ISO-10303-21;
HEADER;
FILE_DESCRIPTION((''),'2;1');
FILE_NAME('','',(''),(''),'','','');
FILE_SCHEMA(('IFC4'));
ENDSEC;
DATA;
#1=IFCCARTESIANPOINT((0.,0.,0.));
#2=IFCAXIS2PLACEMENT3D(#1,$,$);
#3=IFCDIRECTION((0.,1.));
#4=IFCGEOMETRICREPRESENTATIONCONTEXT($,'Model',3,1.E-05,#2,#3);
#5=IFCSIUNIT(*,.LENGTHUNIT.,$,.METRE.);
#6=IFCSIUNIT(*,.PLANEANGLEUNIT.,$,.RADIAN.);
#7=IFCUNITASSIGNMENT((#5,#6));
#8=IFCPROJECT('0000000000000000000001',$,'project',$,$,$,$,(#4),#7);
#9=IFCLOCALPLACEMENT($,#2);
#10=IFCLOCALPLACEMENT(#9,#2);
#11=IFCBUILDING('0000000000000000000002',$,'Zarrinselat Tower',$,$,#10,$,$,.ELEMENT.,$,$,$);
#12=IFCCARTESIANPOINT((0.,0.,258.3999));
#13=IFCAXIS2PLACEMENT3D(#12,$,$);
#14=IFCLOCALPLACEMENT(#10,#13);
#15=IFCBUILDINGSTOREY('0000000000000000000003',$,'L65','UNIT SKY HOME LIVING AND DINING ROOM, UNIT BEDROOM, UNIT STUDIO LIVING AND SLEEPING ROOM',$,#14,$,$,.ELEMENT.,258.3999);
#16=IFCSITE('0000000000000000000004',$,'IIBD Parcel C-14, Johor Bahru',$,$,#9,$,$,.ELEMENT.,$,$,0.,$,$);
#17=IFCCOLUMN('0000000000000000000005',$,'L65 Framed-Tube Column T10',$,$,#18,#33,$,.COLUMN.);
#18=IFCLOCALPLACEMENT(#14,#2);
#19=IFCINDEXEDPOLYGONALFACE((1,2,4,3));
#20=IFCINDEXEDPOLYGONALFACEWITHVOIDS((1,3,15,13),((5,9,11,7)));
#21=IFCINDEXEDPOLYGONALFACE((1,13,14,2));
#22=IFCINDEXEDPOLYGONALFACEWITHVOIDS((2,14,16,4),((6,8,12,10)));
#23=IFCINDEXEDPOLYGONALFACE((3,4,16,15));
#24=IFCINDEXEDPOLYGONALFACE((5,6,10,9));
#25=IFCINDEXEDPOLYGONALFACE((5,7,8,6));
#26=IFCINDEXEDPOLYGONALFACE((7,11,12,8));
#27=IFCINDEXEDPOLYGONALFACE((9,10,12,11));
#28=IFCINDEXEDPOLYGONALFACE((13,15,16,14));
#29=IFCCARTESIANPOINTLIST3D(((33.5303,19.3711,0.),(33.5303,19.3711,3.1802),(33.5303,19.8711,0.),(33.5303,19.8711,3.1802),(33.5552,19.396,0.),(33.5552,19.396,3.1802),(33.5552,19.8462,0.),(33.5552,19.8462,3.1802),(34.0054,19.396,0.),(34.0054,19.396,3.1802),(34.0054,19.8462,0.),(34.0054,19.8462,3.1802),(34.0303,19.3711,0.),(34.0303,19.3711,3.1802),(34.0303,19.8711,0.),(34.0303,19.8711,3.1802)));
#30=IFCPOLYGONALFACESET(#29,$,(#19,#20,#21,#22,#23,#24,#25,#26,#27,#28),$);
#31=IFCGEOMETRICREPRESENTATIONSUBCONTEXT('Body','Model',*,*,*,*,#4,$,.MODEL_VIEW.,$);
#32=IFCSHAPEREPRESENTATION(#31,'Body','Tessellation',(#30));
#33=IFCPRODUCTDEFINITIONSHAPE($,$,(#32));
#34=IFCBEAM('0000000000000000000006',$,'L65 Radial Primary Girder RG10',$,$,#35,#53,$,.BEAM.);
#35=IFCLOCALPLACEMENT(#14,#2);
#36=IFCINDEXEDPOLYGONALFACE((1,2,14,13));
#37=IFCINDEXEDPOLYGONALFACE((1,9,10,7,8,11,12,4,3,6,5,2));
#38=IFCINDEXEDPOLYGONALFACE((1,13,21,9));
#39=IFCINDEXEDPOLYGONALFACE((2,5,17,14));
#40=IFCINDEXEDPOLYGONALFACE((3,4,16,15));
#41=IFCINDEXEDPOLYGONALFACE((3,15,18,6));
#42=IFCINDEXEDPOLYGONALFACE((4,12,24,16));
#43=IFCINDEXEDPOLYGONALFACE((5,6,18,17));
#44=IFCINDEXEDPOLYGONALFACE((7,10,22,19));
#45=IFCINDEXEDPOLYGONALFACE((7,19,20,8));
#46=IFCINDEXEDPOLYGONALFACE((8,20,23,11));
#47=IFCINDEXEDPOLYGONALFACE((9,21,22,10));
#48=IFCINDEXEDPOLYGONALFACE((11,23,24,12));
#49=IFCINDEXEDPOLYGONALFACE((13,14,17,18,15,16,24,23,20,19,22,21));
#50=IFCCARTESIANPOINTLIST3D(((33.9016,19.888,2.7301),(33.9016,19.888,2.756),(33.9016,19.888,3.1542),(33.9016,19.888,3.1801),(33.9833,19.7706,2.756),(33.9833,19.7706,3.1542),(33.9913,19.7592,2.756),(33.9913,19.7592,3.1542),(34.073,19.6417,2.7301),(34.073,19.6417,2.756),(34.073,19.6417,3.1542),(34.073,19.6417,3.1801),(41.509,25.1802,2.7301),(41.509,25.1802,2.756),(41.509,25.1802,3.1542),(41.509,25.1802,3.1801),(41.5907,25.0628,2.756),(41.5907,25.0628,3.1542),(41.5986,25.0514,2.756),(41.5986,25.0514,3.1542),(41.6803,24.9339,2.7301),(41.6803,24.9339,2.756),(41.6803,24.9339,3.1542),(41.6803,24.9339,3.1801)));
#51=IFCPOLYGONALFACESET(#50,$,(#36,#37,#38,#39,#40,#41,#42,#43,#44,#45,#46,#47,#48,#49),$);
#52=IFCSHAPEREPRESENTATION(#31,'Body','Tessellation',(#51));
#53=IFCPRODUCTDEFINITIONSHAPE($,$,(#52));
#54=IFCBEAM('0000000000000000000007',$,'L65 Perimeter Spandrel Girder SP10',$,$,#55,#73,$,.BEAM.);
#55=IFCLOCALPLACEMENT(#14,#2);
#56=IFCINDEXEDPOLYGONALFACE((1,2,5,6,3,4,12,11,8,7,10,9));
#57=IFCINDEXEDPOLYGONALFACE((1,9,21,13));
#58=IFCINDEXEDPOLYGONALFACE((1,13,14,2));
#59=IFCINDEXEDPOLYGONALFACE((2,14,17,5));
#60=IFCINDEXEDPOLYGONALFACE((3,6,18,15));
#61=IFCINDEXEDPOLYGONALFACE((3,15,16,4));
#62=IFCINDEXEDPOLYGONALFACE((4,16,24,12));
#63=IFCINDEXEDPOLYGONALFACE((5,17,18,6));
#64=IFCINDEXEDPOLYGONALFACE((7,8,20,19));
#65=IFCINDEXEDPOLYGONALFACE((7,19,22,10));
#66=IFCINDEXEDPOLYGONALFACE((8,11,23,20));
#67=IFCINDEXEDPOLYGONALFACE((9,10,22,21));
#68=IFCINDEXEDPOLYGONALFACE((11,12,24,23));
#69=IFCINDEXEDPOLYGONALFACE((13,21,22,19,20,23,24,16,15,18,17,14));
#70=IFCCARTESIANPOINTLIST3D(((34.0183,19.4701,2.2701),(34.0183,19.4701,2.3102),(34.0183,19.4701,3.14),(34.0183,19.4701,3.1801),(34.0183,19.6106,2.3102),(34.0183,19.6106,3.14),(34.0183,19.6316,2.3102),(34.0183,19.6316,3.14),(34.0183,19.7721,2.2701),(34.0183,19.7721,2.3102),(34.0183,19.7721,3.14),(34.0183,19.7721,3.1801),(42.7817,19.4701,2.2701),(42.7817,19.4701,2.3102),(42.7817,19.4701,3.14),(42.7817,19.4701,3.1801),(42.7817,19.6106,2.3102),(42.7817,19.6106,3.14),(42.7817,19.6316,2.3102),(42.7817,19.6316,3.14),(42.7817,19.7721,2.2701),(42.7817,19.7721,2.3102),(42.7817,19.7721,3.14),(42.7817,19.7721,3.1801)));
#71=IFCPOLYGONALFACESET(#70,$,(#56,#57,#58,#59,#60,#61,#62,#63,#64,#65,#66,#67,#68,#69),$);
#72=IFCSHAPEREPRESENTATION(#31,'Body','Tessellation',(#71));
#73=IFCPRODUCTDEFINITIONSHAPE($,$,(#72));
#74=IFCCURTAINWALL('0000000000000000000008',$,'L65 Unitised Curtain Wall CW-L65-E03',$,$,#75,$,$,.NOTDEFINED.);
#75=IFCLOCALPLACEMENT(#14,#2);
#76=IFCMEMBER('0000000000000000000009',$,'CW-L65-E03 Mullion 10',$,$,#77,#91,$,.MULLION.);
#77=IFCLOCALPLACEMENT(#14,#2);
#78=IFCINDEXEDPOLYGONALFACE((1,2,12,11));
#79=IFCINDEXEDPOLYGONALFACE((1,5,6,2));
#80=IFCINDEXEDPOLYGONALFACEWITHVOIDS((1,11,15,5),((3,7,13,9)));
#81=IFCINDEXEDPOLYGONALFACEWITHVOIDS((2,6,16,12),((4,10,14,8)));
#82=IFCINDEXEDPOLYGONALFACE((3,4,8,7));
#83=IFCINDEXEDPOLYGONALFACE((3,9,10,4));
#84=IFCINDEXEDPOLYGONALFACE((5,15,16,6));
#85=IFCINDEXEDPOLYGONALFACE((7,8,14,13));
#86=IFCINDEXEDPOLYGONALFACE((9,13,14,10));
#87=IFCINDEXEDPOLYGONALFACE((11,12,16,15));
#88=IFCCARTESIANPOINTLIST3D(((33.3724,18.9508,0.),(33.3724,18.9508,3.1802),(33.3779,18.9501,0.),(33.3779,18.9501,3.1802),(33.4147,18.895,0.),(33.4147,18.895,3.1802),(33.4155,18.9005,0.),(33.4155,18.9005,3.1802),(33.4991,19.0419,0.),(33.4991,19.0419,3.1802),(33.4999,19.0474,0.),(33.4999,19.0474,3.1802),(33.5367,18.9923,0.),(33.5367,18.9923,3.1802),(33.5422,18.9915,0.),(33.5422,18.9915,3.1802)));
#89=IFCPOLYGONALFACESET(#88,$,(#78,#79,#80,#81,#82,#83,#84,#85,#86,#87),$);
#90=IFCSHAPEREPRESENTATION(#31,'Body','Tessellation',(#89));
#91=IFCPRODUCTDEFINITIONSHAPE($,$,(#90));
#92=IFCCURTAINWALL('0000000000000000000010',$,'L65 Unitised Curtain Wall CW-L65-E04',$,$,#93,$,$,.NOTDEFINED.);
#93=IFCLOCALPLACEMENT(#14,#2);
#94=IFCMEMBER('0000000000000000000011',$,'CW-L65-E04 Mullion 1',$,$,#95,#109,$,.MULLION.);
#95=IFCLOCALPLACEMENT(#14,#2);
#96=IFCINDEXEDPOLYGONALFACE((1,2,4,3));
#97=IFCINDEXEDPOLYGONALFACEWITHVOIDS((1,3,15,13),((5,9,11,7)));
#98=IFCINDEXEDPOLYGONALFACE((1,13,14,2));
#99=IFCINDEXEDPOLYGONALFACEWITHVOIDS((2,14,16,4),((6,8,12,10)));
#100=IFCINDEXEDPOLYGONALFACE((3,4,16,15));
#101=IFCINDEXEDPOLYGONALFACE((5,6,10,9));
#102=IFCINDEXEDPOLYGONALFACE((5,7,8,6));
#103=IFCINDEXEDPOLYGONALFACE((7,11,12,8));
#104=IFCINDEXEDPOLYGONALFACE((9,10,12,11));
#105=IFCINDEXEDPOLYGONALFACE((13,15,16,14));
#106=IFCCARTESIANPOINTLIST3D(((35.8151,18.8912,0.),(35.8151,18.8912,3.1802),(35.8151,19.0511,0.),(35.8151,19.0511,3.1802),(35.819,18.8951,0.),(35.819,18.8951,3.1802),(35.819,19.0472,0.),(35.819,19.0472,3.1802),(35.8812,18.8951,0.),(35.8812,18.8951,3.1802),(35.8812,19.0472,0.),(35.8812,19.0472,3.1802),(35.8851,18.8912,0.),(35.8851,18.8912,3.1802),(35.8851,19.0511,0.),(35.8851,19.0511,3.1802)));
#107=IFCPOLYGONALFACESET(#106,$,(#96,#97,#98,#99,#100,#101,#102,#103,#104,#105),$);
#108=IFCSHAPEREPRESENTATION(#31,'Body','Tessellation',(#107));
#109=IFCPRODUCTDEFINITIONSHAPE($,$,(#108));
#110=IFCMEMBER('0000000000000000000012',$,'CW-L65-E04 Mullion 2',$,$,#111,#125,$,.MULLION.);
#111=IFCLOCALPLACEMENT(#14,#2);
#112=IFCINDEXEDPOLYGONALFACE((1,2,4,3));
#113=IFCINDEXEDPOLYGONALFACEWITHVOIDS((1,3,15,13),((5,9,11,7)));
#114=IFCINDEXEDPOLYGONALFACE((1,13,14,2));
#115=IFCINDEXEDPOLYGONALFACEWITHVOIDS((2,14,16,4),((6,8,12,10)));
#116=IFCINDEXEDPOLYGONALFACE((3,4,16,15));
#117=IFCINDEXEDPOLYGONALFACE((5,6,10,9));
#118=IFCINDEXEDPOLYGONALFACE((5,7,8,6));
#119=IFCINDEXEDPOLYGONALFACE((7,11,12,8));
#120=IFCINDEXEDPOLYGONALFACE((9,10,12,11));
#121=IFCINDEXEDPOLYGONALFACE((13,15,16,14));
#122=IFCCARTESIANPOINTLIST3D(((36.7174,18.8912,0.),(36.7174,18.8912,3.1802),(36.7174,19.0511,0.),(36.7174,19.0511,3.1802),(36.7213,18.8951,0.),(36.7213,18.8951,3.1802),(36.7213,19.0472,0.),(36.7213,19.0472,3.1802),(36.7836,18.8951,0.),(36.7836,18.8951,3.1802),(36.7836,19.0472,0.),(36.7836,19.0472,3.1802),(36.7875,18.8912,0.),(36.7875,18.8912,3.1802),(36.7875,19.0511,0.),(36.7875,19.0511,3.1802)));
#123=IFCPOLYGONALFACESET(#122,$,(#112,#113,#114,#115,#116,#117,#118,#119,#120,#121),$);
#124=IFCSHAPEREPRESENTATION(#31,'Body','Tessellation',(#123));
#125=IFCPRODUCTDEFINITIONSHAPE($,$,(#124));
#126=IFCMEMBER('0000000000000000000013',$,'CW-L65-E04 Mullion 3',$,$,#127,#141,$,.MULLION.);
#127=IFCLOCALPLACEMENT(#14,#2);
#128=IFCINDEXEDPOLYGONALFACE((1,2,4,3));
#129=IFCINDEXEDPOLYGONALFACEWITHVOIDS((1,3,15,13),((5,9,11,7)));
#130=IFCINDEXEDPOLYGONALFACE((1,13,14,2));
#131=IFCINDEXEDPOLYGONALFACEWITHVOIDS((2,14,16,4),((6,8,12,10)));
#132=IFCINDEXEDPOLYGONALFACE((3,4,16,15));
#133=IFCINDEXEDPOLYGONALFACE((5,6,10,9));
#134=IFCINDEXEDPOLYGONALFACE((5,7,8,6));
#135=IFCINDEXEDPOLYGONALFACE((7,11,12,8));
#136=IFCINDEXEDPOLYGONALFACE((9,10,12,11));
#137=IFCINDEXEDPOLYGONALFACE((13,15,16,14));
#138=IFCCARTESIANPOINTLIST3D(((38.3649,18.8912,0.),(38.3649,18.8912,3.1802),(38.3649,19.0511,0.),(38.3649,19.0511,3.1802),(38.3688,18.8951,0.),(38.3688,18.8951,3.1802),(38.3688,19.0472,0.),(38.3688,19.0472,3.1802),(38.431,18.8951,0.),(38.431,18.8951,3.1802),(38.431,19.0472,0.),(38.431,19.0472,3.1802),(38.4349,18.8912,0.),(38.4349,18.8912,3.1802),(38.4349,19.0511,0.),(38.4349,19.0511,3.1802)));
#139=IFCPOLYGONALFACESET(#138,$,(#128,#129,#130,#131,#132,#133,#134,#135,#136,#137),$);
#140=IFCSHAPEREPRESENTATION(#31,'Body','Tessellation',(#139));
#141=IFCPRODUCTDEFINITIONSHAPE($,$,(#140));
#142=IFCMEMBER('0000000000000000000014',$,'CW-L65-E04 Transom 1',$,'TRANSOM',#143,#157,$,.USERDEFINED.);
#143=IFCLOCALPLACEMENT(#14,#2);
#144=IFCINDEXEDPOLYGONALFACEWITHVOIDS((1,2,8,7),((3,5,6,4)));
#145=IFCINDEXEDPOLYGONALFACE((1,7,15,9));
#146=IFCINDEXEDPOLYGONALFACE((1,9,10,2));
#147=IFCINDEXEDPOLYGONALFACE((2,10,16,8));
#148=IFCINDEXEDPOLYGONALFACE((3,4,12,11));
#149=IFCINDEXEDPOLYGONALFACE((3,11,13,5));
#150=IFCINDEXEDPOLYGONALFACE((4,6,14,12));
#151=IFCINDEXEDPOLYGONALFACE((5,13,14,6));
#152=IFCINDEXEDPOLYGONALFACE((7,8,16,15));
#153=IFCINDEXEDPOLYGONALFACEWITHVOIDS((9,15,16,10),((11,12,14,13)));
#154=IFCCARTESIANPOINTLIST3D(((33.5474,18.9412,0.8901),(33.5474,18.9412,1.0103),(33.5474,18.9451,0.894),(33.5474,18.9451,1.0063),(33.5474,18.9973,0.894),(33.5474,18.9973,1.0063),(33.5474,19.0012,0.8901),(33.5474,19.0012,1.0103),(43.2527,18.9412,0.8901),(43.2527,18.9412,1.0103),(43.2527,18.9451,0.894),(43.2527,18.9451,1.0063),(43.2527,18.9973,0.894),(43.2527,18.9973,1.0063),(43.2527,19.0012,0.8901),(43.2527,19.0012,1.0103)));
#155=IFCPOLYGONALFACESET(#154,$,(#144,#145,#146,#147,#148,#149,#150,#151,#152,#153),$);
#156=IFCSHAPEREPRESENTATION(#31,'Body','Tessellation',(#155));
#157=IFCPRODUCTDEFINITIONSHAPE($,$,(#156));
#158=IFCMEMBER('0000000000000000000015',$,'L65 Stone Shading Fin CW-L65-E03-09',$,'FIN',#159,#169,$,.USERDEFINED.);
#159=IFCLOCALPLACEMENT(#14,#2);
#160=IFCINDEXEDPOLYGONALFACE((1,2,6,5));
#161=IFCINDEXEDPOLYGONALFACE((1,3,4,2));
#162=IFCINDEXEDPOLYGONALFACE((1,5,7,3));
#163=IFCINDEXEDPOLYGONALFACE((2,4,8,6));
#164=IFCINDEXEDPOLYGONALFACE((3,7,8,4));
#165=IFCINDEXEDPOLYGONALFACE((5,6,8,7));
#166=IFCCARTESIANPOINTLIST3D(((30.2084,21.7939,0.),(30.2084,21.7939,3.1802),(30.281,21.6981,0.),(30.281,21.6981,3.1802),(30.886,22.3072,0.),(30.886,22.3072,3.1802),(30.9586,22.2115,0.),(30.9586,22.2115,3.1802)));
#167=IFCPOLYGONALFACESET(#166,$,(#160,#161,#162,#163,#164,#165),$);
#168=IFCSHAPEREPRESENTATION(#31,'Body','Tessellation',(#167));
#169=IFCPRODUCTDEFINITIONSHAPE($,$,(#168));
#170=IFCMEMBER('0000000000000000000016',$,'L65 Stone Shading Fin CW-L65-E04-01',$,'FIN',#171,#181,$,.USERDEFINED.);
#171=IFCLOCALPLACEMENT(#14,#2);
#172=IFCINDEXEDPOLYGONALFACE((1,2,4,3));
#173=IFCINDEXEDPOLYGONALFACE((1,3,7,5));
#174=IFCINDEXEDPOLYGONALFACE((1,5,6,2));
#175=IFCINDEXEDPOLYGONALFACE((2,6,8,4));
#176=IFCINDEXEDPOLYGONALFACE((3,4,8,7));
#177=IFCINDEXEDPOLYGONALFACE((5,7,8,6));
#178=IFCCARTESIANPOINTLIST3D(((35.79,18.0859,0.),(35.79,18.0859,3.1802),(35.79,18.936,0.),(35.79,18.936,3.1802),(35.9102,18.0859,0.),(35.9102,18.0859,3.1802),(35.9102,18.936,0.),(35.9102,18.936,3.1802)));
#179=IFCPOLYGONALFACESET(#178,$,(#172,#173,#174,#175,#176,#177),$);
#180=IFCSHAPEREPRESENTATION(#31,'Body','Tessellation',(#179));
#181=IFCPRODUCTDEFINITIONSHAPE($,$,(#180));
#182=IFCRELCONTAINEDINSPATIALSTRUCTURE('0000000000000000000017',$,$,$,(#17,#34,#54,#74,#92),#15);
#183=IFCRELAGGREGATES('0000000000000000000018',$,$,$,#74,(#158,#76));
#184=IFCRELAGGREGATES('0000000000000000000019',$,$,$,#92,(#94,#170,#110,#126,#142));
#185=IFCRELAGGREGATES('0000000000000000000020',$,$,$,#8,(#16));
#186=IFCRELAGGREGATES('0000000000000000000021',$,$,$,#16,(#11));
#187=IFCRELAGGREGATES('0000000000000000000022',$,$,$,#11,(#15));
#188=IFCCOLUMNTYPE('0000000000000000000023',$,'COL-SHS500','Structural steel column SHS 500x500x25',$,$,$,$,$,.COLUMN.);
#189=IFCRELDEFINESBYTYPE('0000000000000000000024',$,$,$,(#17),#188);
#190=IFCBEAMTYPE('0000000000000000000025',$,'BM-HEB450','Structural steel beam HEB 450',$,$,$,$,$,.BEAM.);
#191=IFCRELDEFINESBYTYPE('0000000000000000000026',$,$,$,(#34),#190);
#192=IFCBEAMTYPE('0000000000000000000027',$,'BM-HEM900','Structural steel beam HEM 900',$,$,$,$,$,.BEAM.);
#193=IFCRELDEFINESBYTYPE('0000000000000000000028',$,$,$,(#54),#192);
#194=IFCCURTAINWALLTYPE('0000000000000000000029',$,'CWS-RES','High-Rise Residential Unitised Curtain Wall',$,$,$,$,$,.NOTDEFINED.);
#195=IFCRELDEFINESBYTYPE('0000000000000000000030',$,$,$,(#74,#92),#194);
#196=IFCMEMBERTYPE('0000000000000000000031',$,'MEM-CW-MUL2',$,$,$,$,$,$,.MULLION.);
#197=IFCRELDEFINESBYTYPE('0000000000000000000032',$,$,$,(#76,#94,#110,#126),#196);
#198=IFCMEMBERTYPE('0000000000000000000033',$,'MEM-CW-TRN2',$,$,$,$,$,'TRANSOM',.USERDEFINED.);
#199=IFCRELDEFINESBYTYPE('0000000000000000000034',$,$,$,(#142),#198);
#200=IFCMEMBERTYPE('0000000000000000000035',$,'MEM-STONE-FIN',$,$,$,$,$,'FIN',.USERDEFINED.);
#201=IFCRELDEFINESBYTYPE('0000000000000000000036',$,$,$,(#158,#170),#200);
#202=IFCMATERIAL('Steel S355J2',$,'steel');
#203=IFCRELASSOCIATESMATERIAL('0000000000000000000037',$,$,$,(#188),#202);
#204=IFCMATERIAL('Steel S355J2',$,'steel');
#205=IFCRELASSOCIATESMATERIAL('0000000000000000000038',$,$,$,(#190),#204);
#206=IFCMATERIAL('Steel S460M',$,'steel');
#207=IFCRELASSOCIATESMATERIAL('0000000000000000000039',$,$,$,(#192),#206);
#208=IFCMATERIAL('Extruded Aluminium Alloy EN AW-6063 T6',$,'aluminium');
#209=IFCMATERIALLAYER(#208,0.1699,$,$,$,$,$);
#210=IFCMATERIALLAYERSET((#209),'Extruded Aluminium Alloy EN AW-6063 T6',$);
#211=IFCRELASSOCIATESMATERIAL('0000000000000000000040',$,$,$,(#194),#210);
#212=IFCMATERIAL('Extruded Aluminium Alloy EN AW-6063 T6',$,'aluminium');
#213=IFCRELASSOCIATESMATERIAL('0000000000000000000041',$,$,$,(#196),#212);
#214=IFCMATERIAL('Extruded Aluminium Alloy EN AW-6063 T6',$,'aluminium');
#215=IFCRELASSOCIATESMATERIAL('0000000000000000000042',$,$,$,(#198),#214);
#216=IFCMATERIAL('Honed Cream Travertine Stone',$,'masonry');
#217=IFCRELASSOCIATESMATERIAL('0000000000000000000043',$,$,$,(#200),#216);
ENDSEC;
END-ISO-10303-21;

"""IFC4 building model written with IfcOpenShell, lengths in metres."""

from ifc_helpers import new_model, si_unit, direction, frame, origin, origin_2d, place, context, subcontext, project, spatial, rectangle, hollow_rectangle, i_section, extrude, material, layer, layer_set, material_profile, profile_set, type_object, element, aggregate, save


model = new_model("IFC4")

# Units and contexts
model_context = context("Model", 3, precision=1e-05, world=origin(), true_north=direction((0.0, 1.0)))
body_context = subcontext(model_context, "Body", "Model", "MODEL_VIEW")
ifc_project = project(units=[si_unit("LENGTHUNIT", "METRE"), si_unit("PLANEANGLEUNIT", "RADIAN")], contexts=[model_context])

# Site, building, storey
site_placement = place(None, origin())
site = spatial("IfcSite", under=ifc_project, at=site_placement, Name="IIBD Parcel C-14, Johor Bahru", CompositionType="ELEMENT", RefElevation=0.0)
building_placement = place(site_placement, origin())
building = spatial("IfcBuilding", under=site, at=building_placement, Name="Zarrinselat Tower", CompositionType="ELEMENT")
storey_placement = place(building_placement, frame((0.0, 0.0, 258.3999)))
storey = spatial("IfcBuildingStorey", under=building, at=storey_placement, Name="L65", Description="UNIT SKY HOME LIVING AND DINING ROOM, UNIT BEDROOM, UNIT STUDIO LIVING AND SLEEPING ROOM", CompositionType="ELEMENT", Elevation=258.3999)

# Column
ifc_material_1 = material(Name="Steel S355J2", Category="steel")
ifc_material_profile_1 = material_profile(ifc_material_1, hollow_rectangle(XDim=0.5, YDim=0.5, WallThickness=0.0249, at=origin_2d()), Name="SHS 500x500x25")
ifc_profile_set_1 = profile_set([ifc_material_profile_1], Name="Steel S355J2")
column_type = type_object("IfcColumnType", Name="COL-SHS500", Description="Structural steel column SHS 500x500x25", PredefinedType="COLUMN", material=ifc_profile_set_1)
column_placement = place(storey_placement, frame((33.7803, 19.6211, 0.0), z_axis=(0.0, 0.0, 1.0), x_axis=(1.0, 0.0, 0.0)))
element("IfcColumn", 1, at=column_placement, inside=storey, type_object=column_type, Name="L65 Framed-Tube Column T10", PredefinedType="COLUMN", context=body_context, shape_type="SweptSolid", body=[
    extrude(hollow_rectangle(XDim=0.5, YDim=0.5, WallThickness=0.0249, at=origin_2d()), origin(), (0.0, 0.0, 1.0), 3.1802),
])

# Beams
ifc_material_2 = material(Name="Steel S355J2", Category="steel")
ifc_material_profile_2 = material_profile(ifc_material_2, i_section(OverallWidth=0.3, OverallDepth=0.45, WebThickness=0.0139, FlangeThickness=0.0259, at=origin_2d()), Name="HEB 450")
ifc_profile_set_2 = profile_set([ifc_material_profile_2], Name="Steel S355J2")
beam_type_1 = type_object("IfcBeamType", Name="BM-HEB450", Description="Structural steel beam HEB 450", PredefinedType="BEAM", material=ifc_profile_set_2)
beam_1_placement = place(storey_placement, frame((33.9873, 19.7649, 2.9551), z_axis=(0.820899, 0.571073, 0.0), x_axis=(-0.571073, 0.820899, 0.0)))
element("IfcBeam", 2, at=beam_1_placement, inside=storey, type_object=beam_type_1, Name="L65 Radial Primary Girder RG10", PredefinedType="BEAM", context=body_context, shape_type="SweptSolid", body=[
    extrude(i_section(OverallWidth=0.3, OverallDepth=0.45, WebThickness=0.0139, FlangeThickness=0.0259, at=origin_2d()), origin(), (0.0, 0.0, 1.0), 9.2671),
])
ifc_material_3 = material(Name="Steel S460M", Category="steel")
ifc_material_profile_3 = material_profile(ifc_material_3, i_section(OverallWidth=0.302, OverallDepth=0.9099, WebThickness=0.021, FlangeThickness=0.04, at=origin_2d()), Name="HEM 900")
ifc_profile_set_3 = profile_set([ifc_material_profile_3], Name="Steel S460M")
beam_type_2 = type_object("IfcBeamType", Name="BM-HEM900", Description="Structural steel beam HEM 900", PredefinedType="BEAM", material=ifc_profile_set_3)
beam_2_placement = place(storey_placement, frame((34.0183, 19.6211, 2.7251), z_axis=(1.0, 0.0, 0.0), x_axis=(0.0, 1.0, 0.0)))
element("IfcBeam", 3, at=beam_2_placement, inside=storey, type_object=beam_type_2, Name="L65 Perimeter Spandrel Girder SP10", PredefinedType="BEAM", context=body_context, shape_type="SweptSolid", body=[
    extrude(i_section(OverallWidth=0.302, OverallDepth=0.9099, WebThickness=0.021, FlangeThickness=0.04, at=origin_2d()), origin(), (0.0, 0.0, 1.0), 8.7634),
])

# Curtain wall, member
ifc_material_4 = material(Name="Extruded Aluminium Alloy EN AW-6063 T6", Category="aluminium")
ifc_layer_1 = layer(ifc_material_4, 0.1699)
ifc_layer_set_1 = layer_set([ifc_layer_1], Name="Extruded Aluminium Alloy EN AW-6063 T6")
curtain_wall_type = type_object("IfcCurtainWallType", Name="CWS-RES", Description="High-Rise Residential Unitised Curtain Wall", PredefinedType="NOTDEFINED", material=ifc_layer_set_1)
curtain_wall_1_placement = place(storey_placement, origin())
curtain_wall_1 = element("IfcCurtainWall", 4, at=curtain_wall_1_placement, inside=storey, type_object=curtain_wall_type, Name="L65 Unitised Curtain Wall CW-L65-E03", PredefinedType="NOTDEFINED")
ifc_material_5 = material(Name="Extruded Aluminium Alloy EN AW-6063 T6", Category="aluminium")
ifc_material_profile_4 = material_profile(ifc_material_5, hollow_rectangle(XDim=0.0701, YDim=0.1599, WallThickness=0.0039, at=origin_2d()), Name="RHS 160x70x4")
ifc_profile_set_4 = profile_set([ifc_material_profile_4], Name="Extruded Aluminium Alloy EN AW-6063 T6")
member_type_1 = type_object("IfcMemberType", Name="MEM-CW-MUL2", PredefinedType="MULLION", material=ifc_profile_set_4)
member_1_placement = place(storey_placement, frame((33.4573, 18.9712, 0.0), z_axis=(0.0, 0.0, 1.0), x_axis=(0.603858, -0.797092, 0.0)))
member_1 = element("IfcMember", 5, at=member_1_placement, type_object=member_type_1, Name="CW-L65-E03 Mullion 10", PredefinedType="MULLION", context=body_context, shape_type="SweptSolid", body=[
    extrude(hollow_rectangle(XDim=0.0701, YDim=0.1599, WallThickness=0.0039, at=origin_2d()), origin(), (0.0, 0.0, 1.0), 3.1802),
])

# Curtain wall, members
curtain_wall_2_placement = place(storey_placement, origin())
curtain_wall_2 = element("IfcCurtainWall", 6, at=curtain_wall_2_placement, inside=storey, type_object=curtain_wall_type, Name="L65 Unitised Curtain Wall CW-L65-E04", PredefinedType="NOTDEFINED")
member_2_placement = place(storey_placement, frame((35.8501, 18.9712, 0.0), z_axis=(0.0, 0.0, 1.0), x_axis=(1.0, 0.0, 0.0)))
member_2 = element("IfcMember", 7, at=member_2_placement, type_object=member_type_1, Name="CW-L65-E04 Mullion 1", PredefinedType="MULLION", context=body_context, shape_type="SweptSolid", body=[
    extrude(hollow_rectangle(XDim=0.0701, YDim=0.1599, WallThickness=0.0039, at=origin_2d()), origin(), (0.0, 0.0, 1.0), 3.1802),
])
member_3_placement = place(storey_placement, frame((36.7524, 18.9712, 0.0), z_axis=(0.0, 0.0, 1.0), x_axis=(1.0, 0.0, 0.0)))
member_3 = element("IfcMember", 8, at=member_3_placement, type_object=member_type_1, Name="CW-L65-E04 Mullion 2", PredefinedType="MULLION", context=body_context, shape_type="SweptSolid", body=[
    extrude(hollow_rectangle(XDim=0.0701, YDim=0.1599, WallThickness=0.0039, at=origin_2d()), origin(), (0.0, 0.0, 1.0), 3.1802),
])
member_4_placement = place(storey_placement, frame((38.3999, 18.9712, 0.0), z_axis=(0.0, 0.0, 1.0), x_axis=(1.0, 0.0, 0.0)))
member_4 = element("IfcMember", 9, at=member_4_placement, type_object=member_type_1, Name="CW-L65-E04 Mullion 3", PredefinedType="MULLION", context=body_context, shape_type="SweptSolid", body=[
    extrude(hollow_rectangle(XDim=0.0701, YDim=0.1599, WallThickness=0.0039, at=origin_2d()), origin(), (0.0, 0.0, 1.0), 3.1802),
])
ifc_material_6 = material(Name="Extruded Aluminium Alloy EN AW-6063 T6", Category="aluminium")
ifc_material_profile_5 = material_profile(ifc_material_6, hollow_rectangle(XDim=0.0601, YDim=0.1201, WallThickness=0.0039, at=origin_2d()), Name="RHS 120x60x4")
ifc_profile_set_5 = profile_set([ifc_material_profile_5], Name="Extruded Aluminium Alloy EN AW-6063 T6")
member_type_2 = type_object("IfcMemberType", Name="MEM-CW-TRN2", ElementType="TRANSOM", PredefinedType="USERDEFINED", material=ifc_profile_set_5)
member_5_placement = place(storey_placement, frame((33.5474, 18.9712, 0.9502), z_axis=(1.0, 0.0, 0.0), x_axis=(0.0, 1.0, 0.0)))
member_5 = element("IfcMember", 10, at=member_5_placement, type_object=member_type_2, Name="CW-L65-E04 Transom 1", ObjectType="TRANSOM", PredefinedType="USERDEFINED", context=body_context, shape_type="SweptSolid", body=[
    extrude(hollow_rectangle(XDim=0.0601, YDim=0.1201, WallThickness=0.0039, at=origin_2d()), origin(), (0.0, 0.0, 1.0), 9.7053),
])

# Members
ifc_material_7 = material(Name="Honed Cream Travertine Stone", Category="masonry")
ifc_material_profile_6 = material_profile(ifc_material_7, rectangle(XDim=0.1201, YDim=0.8501, at=origin_2d()), Name="FIN 850x120")
ifc_profile_set_6 = profile_set([ifc_material_profile_6], Name="Honed Cream Travertine Stone")
member_type_3 = type_object("IfcMemberType", Name="MEM-STONE-FIN", ElementType="FIN", PredefinedType="USERDEFINED", material=ifc_profile_set_6)
member_6_placement = place(storey_placement, frame((30.5835, 22.0027, 0.0), z_axis=(0.0, 0.0, 1.0), x_axis=(-0.603858, 0.797092, 0.0)))
member_6 = element("IfcMember", 11, at=member_6_placement, type_object=member_type_3, Name="L65 Stone Shading Fin CW-L65-E03-09", ObjectType="FIN", PredefinedType="USERDEFINED", context=body_context, shape_type="SweptSolid", body=[
    extrude(rectangle(XDim=0.1201, YDim=0.8501, at=origin_2d()), origin(), (0.0, 0.0, 1.0), 3.1802),
])
member_7_placement = place(storey_placement, frame((35.8501, 18.511, 0.0), z_axis=(0.0, 0.0, 1.0), x_axis=(-1.0, 0.0, 0.0)))
member_7 = element("IfcMember", 12, at=member_7_placement, type_object=member_type_3, Name="L65 Stone Shading Fin CW-L65-E04-01", ObjectType="FIN", PredefinedType="USERDEFINED", context=body_context, shape_type="SweptSolid", body=[
    extrude(rectangle(XDim=0.1201, YDim=0.8501, at=origin_2d()), origin(), (0.0, 0.0, 1.0), 3.1802),
])

aggregate(curtain_wall_1, [member_6, member_1])
aggregate(curtain_wall_2, [member_2, member_7, member_3, member_4, member_5])

save(model, "model.ifc")
